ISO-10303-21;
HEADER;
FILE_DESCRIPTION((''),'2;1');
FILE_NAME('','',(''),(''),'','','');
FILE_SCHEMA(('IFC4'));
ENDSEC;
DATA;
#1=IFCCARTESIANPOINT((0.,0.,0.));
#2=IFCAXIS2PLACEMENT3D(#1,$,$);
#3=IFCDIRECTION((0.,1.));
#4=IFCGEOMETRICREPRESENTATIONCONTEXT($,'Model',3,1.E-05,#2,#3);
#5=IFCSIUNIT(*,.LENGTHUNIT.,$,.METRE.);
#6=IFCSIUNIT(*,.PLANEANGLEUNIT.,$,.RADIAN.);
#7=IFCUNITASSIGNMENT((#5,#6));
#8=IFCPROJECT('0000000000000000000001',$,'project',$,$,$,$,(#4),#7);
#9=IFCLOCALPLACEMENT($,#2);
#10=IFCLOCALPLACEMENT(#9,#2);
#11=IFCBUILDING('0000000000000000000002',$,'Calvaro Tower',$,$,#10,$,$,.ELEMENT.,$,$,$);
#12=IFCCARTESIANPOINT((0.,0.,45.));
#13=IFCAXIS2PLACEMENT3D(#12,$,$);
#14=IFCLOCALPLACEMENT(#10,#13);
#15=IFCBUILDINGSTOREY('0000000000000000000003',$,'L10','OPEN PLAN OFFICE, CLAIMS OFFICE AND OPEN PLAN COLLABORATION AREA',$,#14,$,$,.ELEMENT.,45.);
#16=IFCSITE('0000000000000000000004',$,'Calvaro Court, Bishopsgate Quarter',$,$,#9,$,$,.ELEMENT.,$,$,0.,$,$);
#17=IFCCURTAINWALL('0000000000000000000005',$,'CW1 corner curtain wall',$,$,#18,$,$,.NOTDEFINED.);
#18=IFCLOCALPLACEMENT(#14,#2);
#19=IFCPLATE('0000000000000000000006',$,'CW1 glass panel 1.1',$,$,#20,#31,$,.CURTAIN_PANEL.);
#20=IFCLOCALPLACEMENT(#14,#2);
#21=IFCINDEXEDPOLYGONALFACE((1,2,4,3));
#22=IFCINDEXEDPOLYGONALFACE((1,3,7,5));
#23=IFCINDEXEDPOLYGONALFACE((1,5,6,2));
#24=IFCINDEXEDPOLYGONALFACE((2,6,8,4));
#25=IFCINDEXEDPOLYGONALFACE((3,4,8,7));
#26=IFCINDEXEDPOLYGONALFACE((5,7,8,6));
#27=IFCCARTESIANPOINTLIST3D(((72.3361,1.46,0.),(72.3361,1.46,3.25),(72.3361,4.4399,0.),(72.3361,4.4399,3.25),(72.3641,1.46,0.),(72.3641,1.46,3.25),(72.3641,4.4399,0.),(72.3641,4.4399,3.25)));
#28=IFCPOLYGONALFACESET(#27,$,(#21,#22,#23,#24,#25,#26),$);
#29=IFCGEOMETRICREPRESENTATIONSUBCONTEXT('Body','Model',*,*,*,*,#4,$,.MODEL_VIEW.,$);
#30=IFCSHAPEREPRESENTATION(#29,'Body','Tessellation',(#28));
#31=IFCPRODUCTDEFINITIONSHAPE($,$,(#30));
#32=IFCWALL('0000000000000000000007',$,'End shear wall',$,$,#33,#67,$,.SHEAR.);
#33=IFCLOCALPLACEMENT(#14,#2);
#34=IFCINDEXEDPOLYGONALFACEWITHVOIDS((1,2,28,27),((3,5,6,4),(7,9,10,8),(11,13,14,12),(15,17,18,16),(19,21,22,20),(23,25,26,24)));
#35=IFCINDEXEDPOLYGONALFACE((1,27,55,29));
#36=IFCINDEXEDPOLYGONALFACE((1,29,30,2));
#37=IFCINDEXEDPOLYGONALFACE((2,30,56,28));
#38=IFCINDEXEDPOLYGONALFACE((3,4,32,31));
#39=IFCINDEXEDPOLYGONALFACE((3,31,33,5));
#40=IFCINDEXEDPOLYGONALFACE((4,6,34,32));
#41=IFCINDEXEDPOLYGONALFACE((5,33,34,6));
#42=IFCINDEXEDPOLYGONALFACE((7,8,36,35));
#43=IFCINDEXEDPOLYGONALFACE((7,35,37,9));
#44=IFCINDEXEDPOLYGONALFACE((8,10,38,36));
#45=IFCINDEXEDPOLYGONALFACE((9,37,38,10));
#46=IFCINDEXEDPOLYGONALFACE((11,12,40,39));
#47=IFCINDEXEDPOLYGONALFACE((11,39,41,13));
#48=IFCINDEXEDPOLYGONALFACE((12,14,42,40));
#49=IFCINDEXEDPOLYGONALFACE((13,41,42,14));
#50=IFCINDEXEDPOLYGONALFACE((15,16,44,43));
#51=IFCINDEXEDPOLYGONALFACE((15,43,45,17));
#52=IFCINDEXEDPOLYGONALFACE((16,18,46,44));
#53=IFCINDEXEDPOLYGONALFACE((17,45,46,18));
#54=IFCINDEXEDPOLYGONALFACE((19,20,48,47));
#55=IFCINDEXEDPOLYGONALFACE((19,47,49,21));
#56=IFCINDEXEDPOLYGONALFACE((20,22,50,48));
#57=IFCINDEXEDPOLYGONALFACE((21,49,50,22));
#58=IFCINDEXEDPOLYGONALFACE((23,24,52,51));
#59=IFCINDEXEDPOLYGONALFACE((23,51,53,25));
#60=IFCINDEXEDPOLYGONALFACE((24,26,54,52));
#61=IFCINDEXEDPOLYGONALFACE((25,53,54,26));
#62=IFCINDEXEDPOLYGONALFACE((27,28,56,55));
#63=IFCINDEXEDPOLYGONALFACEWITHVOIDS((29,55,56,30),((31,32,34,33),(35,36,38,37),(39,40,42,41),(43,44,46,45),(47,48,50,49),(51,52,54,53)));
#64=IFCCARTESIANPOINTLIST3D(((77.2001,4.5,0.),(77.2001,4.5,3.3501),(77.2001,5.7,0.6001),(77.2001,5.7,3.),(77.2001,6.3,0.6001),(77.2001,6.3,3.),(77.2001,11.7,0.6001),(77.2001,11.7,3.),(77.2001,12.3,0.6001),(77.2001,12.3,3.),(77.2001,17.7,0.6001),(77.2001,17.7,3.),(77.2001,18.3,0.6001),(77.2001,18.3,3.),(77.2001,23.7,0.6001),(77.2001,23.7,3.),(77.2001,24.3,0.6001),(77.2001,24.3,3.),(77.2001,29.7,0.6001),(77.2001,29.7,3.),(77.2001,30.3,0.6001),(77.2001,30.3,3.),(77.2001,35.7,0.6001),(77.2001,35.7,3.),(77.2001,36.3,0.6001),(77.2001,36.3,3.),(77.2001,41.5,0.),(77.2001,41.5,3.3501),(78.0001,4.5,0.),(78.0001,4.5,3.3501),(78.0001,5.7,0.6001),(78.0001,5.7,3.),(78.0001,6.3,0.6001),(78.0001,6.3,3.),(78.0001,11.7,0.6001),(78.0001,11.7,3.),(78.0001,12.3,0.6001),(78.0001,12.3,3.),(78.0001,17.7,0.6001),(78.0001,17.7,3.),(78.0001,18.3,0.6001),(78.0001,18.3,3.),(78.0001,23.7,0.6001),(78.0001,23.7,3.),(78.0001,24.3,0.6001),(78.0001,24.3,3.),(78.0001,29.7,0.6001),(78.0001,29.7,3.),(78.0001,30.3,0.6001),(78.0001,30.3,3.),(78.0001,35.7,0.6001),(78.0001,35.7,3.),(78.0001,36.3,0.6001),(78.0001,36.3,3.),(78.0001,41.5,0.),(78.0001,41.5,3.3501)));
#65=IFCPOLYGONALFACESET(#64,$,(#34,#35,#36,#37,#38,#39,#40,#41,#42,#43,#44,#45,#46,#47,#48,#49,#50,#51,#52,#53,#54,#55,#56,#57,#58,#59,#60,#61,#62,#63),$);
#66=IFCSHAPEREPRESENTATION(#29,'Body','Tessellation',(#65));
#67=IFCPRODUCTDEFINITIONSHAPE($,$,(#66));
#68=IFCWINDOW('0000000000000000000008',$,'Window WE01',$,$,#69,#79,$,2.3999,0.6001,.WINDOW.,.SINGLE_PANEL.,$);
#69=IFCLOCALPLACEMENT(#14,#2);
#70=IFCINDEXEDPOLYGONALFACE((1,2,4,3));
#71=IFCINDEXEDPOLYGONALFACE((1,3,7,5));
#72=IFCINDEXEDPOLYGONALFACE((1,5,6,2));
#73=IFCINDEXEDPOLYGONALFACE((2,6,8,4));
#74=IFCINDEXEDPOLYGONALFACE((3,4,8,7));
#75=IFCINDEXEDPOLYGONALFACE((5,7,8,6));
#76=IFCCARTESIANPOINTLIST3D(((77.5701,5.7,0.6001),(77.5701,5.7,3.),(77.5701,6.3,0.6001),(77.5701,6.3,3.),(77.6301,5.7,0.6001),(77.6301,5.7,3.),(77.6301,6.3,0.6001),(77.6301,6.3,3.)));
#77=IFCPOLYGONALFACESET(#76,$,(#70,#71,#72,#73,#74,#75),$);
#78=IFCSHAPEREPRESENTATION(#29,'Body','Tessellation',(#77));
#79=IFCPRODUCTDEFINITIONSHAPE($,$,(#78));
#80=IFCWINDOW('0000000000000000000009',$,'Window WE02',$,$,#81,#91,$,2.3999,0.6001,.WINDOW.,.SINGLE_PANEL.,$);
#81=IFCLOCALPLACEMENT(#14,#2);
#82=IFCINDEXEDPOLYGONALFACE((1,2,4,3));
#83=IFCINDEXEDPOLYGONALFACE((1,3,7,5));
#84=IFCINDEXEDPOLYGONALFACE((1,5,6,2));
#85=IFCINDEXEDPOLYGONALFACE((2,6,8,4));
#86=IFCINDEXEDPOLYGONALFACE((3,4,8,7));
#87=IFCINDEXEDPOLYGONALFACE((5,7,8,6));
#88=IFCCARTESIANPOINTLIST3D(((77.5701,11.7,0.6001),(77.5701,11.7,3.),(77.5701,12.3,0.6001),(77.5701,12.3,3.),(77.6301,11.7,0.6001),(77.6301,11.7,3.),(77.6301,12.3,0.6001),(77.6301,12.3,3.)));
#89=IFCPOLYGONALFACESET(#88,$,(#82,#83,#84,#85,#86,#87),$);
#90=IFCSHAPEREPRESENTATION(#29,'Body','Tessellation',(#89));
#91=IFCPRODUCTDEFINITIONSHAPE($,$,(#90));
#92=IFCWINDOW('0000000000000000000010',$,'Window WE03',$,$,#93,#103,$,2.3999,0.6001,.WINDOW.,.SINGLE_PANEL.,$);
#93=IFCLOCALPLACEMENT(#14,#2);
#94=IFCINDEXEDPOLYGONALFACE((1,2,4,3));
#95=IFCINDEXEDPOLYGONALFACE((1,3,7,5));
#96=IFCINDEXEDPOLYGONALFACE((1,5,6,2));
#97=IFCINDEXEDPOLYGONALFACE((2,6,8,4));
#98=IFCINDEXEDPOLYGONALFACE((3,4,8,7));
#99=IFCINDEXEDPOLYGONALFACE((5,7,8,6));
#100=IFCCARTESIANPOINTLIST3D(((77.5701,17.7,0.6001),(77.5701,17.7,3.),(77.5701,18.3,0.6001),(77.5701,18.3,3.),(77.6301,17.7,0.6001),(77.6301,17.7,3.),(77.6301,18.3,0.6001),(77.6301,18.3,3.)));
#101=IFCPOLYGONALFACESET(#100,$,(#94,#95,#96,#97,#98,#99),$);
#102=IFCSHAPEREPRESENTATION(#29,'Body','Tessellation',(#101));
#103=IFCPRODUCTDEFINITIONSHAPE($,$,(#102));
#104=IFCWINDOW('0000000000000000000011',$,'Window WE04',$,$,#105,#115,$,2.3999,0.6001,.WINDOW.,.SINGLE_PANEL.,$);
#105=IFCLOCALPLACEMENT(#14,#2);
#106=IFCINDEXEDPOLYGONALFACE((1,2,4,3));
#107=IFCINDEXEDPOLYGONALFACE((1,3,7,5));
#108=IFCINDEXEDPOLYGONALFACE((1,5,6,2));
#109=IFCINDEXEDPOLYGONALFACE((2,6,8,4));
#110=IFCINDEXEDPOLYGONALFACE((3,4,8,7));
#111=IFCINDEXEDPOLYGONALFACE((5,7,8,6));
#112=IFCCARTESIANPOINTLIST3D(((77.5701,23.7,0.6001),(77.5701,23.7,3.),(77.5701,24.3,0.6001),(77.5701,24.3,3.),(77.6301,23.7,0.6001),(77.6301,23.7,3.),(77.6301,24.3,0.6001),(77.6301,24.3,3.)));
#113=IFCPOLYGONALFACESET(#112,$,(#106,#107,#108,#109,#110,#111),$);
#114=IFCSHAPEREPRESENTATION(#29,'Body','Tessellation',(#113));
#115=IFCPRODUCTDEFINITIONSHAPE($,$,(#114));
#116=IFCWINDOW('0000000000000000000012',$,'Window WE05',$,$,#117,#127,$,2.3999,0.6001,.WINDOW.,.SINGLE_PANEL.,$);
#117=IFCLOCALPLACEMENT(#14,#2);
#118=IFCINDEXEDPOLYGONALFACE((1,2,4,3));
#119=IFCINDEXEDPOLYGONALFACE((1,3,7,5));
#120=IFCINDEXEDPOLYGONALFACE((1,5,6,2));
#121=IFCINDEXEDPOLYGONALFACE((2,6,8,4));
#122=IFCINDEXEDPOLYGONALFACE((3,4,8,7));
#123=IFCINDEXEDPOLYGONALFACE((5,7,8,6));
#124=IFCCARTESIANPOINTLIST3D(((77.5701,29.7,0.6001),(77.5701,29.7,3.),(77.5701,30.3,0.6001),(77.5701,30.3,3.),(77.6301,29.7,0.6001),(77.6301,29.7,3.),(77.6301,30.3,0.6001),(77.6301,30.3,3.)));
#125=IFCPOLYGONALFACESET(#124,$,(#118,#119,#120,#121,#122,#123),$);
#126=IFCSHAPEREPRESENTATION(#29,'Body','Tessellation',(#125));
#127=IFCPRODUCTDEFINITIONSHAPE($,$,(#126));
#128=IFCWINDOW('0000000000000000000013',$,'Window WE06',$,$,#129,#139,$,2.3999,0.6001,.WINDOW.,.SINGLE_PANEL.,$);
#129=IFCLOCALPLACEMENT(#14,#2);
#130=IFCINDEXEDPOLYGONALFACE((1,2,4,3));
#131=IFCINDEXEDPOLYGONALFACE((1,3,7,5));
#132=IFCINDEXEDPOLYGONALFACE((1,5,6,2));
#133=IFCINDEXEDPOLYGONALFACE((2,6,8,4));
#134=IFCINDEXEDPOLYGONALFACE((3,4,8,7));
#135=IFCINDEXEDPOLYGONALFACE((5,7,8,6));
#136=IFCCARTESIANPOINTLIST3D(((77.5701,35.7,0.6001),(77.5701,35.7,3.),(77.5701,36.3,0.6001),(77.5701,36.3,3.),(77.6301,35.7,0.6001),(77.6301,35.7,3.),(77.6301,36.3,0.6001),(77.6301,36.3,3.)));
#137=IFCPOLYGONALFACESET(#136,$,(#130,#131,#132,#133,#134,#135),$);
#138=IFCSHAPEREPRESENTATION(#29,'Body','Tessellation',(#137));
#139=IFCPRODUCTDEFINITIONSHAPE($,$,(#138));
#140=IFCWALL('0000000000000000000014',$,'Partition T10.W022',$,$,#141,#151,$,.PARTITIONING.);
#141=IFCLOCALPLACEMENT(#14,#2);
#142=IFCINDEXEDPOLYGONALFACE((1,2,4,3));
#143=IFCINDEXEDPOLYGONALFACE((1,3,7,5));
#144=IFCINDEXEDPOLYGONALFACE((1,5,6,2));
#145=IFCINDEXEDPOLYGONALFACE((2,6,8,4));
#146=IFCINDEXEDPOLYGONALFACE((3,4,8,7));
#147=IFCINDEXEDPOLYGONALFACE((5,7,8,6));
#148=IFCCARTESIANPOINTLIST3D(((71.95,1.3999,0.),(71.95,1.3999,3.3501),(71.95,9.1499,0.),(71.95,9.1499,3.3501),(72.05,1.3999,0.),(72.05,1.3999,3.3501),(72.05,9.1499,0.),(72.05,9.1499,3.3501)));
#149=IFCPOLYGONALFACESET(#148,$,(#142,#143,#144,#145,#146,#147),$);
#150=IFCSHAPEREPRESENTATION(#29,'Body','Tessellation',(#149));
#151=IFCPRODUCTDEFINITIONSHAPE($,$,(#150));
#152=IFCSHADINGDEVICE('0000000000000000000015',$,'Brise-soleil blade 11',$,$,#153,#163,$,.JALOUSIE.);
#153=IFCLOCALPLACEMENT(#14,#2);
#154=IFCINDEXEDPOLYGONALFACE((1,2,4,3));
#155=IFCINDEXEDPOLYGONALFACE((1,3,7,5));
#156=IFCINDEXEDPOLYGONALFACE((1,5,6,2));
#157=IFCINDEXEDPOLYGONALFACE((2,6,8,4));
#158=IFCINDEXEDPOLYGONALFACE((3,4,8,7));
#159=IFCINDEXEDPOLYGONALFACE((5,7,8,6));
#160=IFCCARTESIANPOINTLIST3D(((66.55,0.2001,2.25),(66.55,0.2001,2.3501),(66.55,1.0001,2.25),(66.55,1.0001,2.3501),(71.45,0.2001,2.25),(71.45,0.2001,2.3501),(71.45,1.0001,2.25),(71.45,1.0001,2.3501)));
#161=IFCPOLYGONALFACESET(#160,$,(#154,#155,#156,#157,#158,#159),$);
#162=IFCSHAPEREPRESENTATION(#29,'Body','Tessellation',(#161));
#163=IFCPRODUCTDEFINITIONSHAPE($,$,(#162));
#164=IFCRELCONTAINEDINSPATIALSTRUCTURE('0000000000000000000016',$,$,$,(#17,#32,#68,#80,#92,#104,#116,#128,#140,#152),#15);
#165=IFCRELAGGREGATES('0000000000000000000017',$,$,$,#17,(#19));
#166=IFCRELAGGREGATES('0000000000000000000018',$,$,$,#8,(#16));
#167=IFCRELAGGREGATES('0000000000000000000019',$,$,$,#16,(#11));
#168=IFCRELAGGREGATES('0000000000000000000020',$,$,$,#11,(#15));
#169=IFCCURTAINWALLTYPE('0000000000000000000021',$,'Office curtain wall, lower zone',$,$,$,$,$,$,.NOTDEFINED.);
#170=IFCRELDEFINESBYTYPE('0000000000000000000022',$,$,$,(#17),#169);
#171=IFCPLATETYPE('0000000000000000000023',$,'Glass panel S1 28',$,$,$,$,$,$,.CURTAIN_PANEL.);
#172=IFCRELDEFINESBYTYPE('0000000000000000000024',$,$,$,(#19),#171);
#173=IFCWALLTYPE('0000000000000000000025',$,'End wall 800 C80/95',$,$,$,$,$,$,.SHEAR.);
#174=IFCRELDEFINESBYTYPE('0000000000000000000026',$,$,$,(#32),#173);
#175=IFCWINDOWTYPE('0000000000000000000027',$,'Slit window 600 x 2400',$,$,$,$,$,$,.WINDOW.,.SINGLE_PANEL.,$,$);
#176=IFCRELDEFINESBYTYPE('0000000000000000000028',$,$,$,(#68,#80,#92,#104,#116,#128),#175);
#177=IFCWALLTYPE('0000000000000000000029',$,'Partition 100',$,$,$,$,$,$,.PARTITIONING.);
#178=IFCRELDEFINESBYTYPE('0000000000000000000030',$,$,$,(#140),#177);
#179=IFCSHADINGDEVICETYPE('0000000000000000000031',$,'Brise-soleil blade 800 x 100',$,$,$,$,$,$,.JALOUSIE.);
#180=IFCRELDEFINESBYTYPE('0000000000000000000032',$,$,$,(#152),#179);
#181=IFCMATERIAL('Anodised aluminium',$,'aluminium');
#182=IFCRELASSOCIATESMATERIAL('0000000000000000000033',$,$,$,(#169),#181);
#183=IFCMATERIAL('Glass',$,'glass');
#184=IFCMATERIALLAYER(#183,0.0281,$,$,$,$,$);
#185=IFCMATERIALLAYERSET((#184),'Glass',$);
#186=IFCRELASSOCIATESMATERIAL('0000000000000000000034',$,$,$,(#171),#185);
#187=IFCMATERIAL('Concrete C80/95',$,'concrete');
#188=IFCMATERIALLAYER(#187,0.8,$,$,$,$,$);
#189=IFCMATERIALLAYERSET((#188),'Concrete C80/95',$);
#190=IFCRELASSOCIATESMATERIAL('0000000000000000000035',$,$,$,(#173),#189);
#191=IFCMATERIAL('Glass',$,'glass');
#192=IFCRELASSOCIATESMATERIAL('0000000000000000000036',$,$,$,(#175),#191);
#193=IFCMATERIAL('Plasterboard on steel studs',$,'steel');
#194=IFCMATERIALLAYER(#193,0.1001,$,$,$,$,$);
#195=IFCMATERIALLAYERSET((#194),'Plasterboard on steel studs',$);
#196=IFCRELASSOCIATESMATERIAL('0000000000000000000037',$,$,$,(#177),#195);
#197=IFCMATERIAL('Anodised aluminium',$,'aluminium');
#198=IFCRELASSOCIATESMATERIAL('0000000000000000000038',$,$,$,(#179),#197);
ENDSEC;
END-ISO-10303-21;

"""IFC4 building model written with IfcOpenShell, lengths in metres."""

from ifc_helpers import new_model, si_unit, direction, frame, frame_2d, origin, origin_2d, place, context, subcontext, project, spatial, rectangle, extrude, material, layer, layer_set, material_profile, profile_set, type_object, element, fill, aggregate, save


model = new_model("IFC4")

# Units and contexts
model_context = context("Model", 3, precision=1e-05, world=origin(), true_north=direction((0.0, 1.0)))
body_context = subcontext(model_context, "Body", "Model", "MODEL_VIEW")
ifc_project = project(units=[si_unit("LENGTHUNIT", "METRE"), si_unit("PLANEANGLEUNIT", "RADIAN")], contexts=[model_context])

# Site, building, storey
site_placement = place(None, origin())
site = spatial("IfcSite", under=ifc_project, at=site_placement, Name="Calvaro Court, Bishopsgate Quarter", CompositionType="ELEMENT", RefElevation=0.0)
building_placement = place(site_placement, origin())
building = spatial("IfcBuilding", under=site, at=building_placement, Name="Calvaro Tower", CompositionType="ELEMENT")
storey_placement = place(building_placement, frame((0.0, 0.0, 45.0)))
storey = spatial("IfcBuildingStorey", under=building, at=storey_placement, Name="L10", Description="OPEN PLAN OFFICE, CLAIMS OFFICE AND OPEN PLAN COLLABORATION AREA", CompositionType="ELEMENT", Elevation=45.0)

# Shared definitions
ifc_material_1 = material(Name="Anodised aluminium", Category="aluminium")
curtain_wall_type = type_object("IfcCurtainWallType", Name="Office curtain wall, lower zone", PredefinedType="NOTDEFINED", material=ifc_material_1)

# Curtain wall
curtain_wall_1_placement = place(storey_placement, origin())
curtain_wall_1 = element("IfcCurtainWall", 1, at=curtain_wall_1_placement, inside=storey, type_object=curtain_wall_type, Name="CW1 corner curtain wall", PredefinedType="NOTDEFINED")

# Plate
ifc_material_2 = material(Name="Glass", Category="glass")
ifc_layer_1 = layer(ifc_material_2, 0.0281)
ifc_layer_set_1 = layer_set([ifc_layer_1], Name="Glass")
plate_type = type_object("IfcPlateType", Name="Glass panel S1 28", PredefinedType="CURTAIN_PANEL", material=ifc_layer_set_1)
plate_1_placement = place(storey_placement, frame((72.3501, 2.95, 0.0), z_axis=(0.0, 0.0, 1.0), x_axis=(0.0, 1.0, 0.0)))
plate_1 = element("IfcPlate", 2, at=plate_1_placement, type_object=plate_type, Name="CW1 glass panel 1.1", PredefinedType="CURTAIN_PANEL", context=body_context, shape_type="SweptSolid", body=[
    extrude(rectangle(XDim=2.98, YDim=0.0281, at=origin_2d()), origin(), (0.0, 0.0, 1.0), 3.25),
])
aggregate(curtain_wall_1, [plate_1])

# Wall, openings, windows
ifc_material_3 = material(Name="Concrete C80/95", Category="concrete")
ifc_layer_2 = layer(ifc_material_3, 0.8)
ifc_layer_set_2 = layer_set([ifc_layer_2], Name="Concrete C80/95")
wall_type_1 = type_object("IfcWallType", Name="End wall 800 C80/95", PredefinedType="SHEAR", material=ifc_layer_set_2)
wall_1_placement = place(storey_placement, frame((77.6001, 4.5, 0.0), z_axis=(0.0, 0.0, 1.0), x_axis=(0.0, 1.0, 0.0)))
wall_1 = element("IfcWall", 3, at=wall_1_placement, inside=storey, type_object=wall_type_1, Name="End shear wall", PredefinedType="SHEAR", context=body_context, shape_type="SweptSolid", body=[
    extrude(rectangle(XDim=37.0, YDim=0.8, at=frame_2d((18.5, 0.0))), origin(), (0.0, 0.0, 1.0), 3.3501),
])
opening_1_placement = place(wall_1_placement, frame((1.2, 0.0, 0.6001)))
opening_1 = element("IfcOpeningElement", 4, at=opening_1_placement, cuts=wall_1, PredefinedType="OPENING", context=body_context, shape_type="SweptSolid", body=[
    extrude(rectangle(XDim=0.6001, YDim=2.3999, at=frame_2d((0.3, 1.2))), frame((0.0, 0.4099, 0.0), z_axis=(0.0, -1.0, 0.0), x_axis=(1.0, 0.0, 0.0)), (0.0, 0.0, 1.0), 0.8201),
])
opening_2_placement = place(wall_1_placement, frame((7.2, 0.0, 0.6001)))
opening_2 = element("IfcOpeningElement", 5, at=opening_2_placement, cuts=wall_1, PredefinedType="OPENING", context=body_context, shape_type="SweptSolid", body=[
    extrude(rectangle(XDim=0.6001, YDim=2.3999, at=frame_2d((0.3, 1.2))), frame((0.0, 0.4099, 0.0), z_axis=(0.0, -1.0, 0.0), x_axis=(1.0, 0.0, 0.0)), (0.0, 0.0, 1.0), 0.8201),
])
opening_3_placement = place(wall_1_placement, frame((13.2, 0.0, 0.6001)))
opening_3 = element("IfcOpeningElement", 6, at=opening_3_placement, cuts=wall_1, PredefinedType="OPENING", context=body_context, shape_type="SweptSolid", body=[
    extrude(rectangle(XDim=0.6001, YDim=2.3999, at=frame_2d((0.3, 1.2))), frame((0.0, 0.4099, 0.0), z_axis=(0.0, -1.0, 0.0), x_axis=(1.0, 0.0, 0.0)), (0.0, 0.0, 1.0), 0.8201),
])
opening_4_placement = place(wall_1_placement, frame((19.2, 0.0, 0.6001)))
opening_4 = element("IfcOpeningElement", 7, at=opening_4_placement, cuts=wall_1, PredefinedType="OPENING", context=body_context, shape_type="SweptSolid", body=[
    extrude(rectangle(XDim=0.6001, YDim=2.3999, at=frame_2d((0.3, 1.2))), frame((0.0, 0.4099, 0.0), z_axis=(0.0, -1.0, 0.0), x_axis=(1.0, 0.0, 0.0)), (0.0, 0.0, 1.0), 0.8201),
])
opening_5_placement = place(wall_1_placement, frame((25.2, 0.0, 0.6001)))
opening_5 = element("IfcOpeningElement", 8, at=opening_5_placement, cuts=wall_1, PredefinedType="OPENING", context=body_context, shape_type="SweptSolid", body=[
    extrude(rectangle(XDim=0.6001, YDim=2.3999, at=frame_2d((0.3, 1.2))), frame((0.0, 0.4099, 0.0), z_axis=(0.0, -1.0, 0.0), x_axis=(1.0, 0.0, 0.0)), (0.0, 0.0, 1.0), 0.8201),
])
opening_6_placement = place(wall_1_placement, frame((31.2, 0.0, 0.6001)))
opening_6 = element("IfcOpeningElement", 9, at=opening_6_placement, cuts=wall_1, PredefinedType="OPENING", context=body_context, shape_type="SweptSolid", body=[
    extrude(rectangle(XDim=0.6001, YDim=2.3999, at=frame_2d((0.3, 1.2))), frame((0.0, 0.4099, 0.0), z_axis=(0.0, -1.0, 0.0), x_axis=(1.0, 0.0, 0.0)), (0.0, 0.0, 1.0), 0.8201),
])
ifc_material_4 = material(Name="Glass", Category="glass")
window_type = type_object("IfcWindowType", Name="Slit window 600 x 2400", PartitioningType="SINGLE_PANEL", PredefinedType="WINDOW", material=ifc_material_4)
window_1_placement = place(opening_1_placement, origin())
window_1 = element("IfcWindow", 10, at=window_1_placement, inside=storey, type_object=window_type, Name="Window WE01", OverallHeight=2.3999, OverallWidth=0.6001, PartitioningType="SINGLE_PANEL", PredefinedType="WINDOW", context=body_context, shape_type="SweptSolid", body=[
    extrude(rectangle(XDim=0.6001, YDim=2.3999, at=frame_2d((0.3, 1.2))), frame((0.0, 0.03, 0.0), z_axis=(0.0, -1.0, 0.0), x_axis=(1.0, 0.0, 0.0)), (0.0, 0.0, 1.0), 0.0601),
])
fill(opening_1, window_1)
window_2_placement = place(opening_2_placement, origin())
window_2 = element("IfcWindow", 11, at=window_2_placement, inside=storey, type_object=window_type, Name="Window WE02", OverallHeight=2.3999, OverallWidth=0.6001, PartitioningType="SINGLE_PANEL", PredefinedType="WINDOW", context=body_context, shape_type="SweptSolid", body=[
    extrude(rectangle(XDim=0.6001, YDim=2.3999, at=frame_2d((0.3, 1.2))), frame((0.0, 0.03, 0.0), z_axis=(0.0, -1.0, 0.0), x_axis=(1.0, 0.0, 0.0)), (0.0, 0.0, 1.0), 0.0601),
])
fill(opening_2, window_2)
window_3_placement = place(opening_3_placement, origin())
window_3 = element("IfcWindow", 12, at=window_3_placement, inside=storey, type_object=window_type, Name="Window WE03", OverallHeight=2.3999, OverallWidth=0.6001, PartitioningType="SINGLE_PANEL", PredefinedType="WINDOW", context=body_context, shape_type="SweptSolid", body=[
    extrude(rectangle(XDim=0.6001, YDim=2.3999, at=frame_2d((0.3, 1.2))), frame((0.0, 0.03, 0.0), z_axis=(0.0, -1.0, 0.0), x_axis=(1.0, 0.0, 0.0)), (0.0, 0.0, 1.0), 0.0601),
])
fill(opening_3, window_3)
window_4_placement = place(opening_4_placement, origin())
window_4 = element("IfcWindow", 13, at=window_4_placement, inside=storey, type_object=window_type, Name="Window WE04", OverallHeight=2.3999, OverallWidth=0.6001, PartitioningType="SINGLE_PANEL", PredefinedType="WINDOW", context=body_context, shape_type="SweptSolid", body=[
    extrude(rectangle(XDim=0.6001, YDim=2.3999, at=frame_2d((0.3, 1.2))), frame((0.0, 0.03, 0.0), z_axis=(0.0, -1.0, 0.0), x_axis=(1.0, 0.0, 0.0)), (0.0, 0.0, 1.0), 0.0601),
])
fill(opening_4, window_4)
window_5_placement = place(opening_5_placement, origin())
window_5 = element("IfcWindow", 14, at=window_5_placement, inside=storey, type_object=window_type, Name="Window WE05", OverallHeight=2.3999, OverallWidth=0.6001, PartitioningType="SINGLE_PANEL", PredefinedType="WINDOW", context=body_context, shape_type="SweptSolid", body=[
    extrude(rectangle(XDim=0.6001, YDim=2.3999, at=frame_2d((0.3, 1.2))), frame((0.0, 0.03, 0.0), z_axis=(0.0, -1.0, 0.0), x_axis=(1.0, 0.0, 0.0)), (0.0, 0.0, 1.0), 0.0601),
])
fill(opening_5, window_5)
window_6_placement = place(opening_6_placement, origin())
window_6 = element("IfcWindow", 15, at=window_6_placement, inside=storey, type_object=window_type, Name="Window WE06", OverallHeight=2.3999, OverallWidth=0.6001, PartitioningType="SINGLE_PANEL", PredefinedType="WINDOW", context=body_context, shape_type="SweptSolid", body=[
    extrude(rectangle(XDim=0.6001, YDim=2.3999, at=frame_2d((0.3, 1.2))), frame((0.0, 0.03, 0.0), z_axis=(0.0, -1.0, 0.0), x_axis=(1.0, 0.0, 0.0)), (0.0, 0.0, 1.0), 0.0601),
])
fill(opening_6, window_6)

# Wall
ifc_material_5 = material(Name="Plasterboard on steel studs", Category="steel")
ifc_layer_3 = layer(ifc_material_5, 0.1001)
ifc_layer_set_3 = layer_set([ifc_layer_3], Name="Plasterboard on steel studs")
wall_type_2 = type_object("IfcWallType", Name="Partition 100", PredefinedType="PARTITIONING", material=ifc_layer_set_3)
wall_2_placement = place(storey_placement, frame((72.0, 1.3999, 0.0), z_axis=(0.0, 0.0, 1.0), x_axis=(0.0, 1.0, 0.0)))
element("IfcWall", 16, at=wall_2_placement, inside=storey, type_object=wall_type_2, Name="Partition T10.W022", PredefinedType="PARTITIONING", context=body_context, shape_type="SweptSolid", body=[
    extrude(rectangle(XDim=7.75, YDim=0.1001, at=frame_2d((3.875, 0.0))), origin(), (0.0, 0.0, 1.0), 3.3501),
])

# Shading device
ifc_material_6 = material(Name="Anodised aluminium", Category="aluminium")
ifc_material_profile_1 = material_profile(ifc_material_6, rectangle(XDim=0.8, YDim=0.1001, at=origin_2d()), Name="Brise-soleil blade 800 x 100")
ifc_profile_set_1 = profile_set([ifc_material_profile_1], Name="Anodised aluminium")
shading_device_type = type_object("IfcShadingDeviceType", Name="Brise-soleil blade 800 x 100", PredefinedType="JALOUSIE", material=ifc_profile_set_1)
shading_device_placement = place(storey_placement, frame((66.55, 0.6001, 2.3), z_axis=(1.0, 0.0, 0.0), x_axis=(0.0, 1.0, 0.0)))
element("IfcShadingDevice", 17, at=shading_device_placement, inside=storey, type_object=shading_device_type, Name="Brise-soleil blade 11", PredefinedType="JALOUSIE", context=body_context, shape_type="SweptSolid", body=[
    extrude(rectangle(XDim=0.8, YDim=0.1001, at=origin_2d()), origin(), (0.0, 0.0, 1.0), 4.8999),
])

save(model, "model.ifc")
